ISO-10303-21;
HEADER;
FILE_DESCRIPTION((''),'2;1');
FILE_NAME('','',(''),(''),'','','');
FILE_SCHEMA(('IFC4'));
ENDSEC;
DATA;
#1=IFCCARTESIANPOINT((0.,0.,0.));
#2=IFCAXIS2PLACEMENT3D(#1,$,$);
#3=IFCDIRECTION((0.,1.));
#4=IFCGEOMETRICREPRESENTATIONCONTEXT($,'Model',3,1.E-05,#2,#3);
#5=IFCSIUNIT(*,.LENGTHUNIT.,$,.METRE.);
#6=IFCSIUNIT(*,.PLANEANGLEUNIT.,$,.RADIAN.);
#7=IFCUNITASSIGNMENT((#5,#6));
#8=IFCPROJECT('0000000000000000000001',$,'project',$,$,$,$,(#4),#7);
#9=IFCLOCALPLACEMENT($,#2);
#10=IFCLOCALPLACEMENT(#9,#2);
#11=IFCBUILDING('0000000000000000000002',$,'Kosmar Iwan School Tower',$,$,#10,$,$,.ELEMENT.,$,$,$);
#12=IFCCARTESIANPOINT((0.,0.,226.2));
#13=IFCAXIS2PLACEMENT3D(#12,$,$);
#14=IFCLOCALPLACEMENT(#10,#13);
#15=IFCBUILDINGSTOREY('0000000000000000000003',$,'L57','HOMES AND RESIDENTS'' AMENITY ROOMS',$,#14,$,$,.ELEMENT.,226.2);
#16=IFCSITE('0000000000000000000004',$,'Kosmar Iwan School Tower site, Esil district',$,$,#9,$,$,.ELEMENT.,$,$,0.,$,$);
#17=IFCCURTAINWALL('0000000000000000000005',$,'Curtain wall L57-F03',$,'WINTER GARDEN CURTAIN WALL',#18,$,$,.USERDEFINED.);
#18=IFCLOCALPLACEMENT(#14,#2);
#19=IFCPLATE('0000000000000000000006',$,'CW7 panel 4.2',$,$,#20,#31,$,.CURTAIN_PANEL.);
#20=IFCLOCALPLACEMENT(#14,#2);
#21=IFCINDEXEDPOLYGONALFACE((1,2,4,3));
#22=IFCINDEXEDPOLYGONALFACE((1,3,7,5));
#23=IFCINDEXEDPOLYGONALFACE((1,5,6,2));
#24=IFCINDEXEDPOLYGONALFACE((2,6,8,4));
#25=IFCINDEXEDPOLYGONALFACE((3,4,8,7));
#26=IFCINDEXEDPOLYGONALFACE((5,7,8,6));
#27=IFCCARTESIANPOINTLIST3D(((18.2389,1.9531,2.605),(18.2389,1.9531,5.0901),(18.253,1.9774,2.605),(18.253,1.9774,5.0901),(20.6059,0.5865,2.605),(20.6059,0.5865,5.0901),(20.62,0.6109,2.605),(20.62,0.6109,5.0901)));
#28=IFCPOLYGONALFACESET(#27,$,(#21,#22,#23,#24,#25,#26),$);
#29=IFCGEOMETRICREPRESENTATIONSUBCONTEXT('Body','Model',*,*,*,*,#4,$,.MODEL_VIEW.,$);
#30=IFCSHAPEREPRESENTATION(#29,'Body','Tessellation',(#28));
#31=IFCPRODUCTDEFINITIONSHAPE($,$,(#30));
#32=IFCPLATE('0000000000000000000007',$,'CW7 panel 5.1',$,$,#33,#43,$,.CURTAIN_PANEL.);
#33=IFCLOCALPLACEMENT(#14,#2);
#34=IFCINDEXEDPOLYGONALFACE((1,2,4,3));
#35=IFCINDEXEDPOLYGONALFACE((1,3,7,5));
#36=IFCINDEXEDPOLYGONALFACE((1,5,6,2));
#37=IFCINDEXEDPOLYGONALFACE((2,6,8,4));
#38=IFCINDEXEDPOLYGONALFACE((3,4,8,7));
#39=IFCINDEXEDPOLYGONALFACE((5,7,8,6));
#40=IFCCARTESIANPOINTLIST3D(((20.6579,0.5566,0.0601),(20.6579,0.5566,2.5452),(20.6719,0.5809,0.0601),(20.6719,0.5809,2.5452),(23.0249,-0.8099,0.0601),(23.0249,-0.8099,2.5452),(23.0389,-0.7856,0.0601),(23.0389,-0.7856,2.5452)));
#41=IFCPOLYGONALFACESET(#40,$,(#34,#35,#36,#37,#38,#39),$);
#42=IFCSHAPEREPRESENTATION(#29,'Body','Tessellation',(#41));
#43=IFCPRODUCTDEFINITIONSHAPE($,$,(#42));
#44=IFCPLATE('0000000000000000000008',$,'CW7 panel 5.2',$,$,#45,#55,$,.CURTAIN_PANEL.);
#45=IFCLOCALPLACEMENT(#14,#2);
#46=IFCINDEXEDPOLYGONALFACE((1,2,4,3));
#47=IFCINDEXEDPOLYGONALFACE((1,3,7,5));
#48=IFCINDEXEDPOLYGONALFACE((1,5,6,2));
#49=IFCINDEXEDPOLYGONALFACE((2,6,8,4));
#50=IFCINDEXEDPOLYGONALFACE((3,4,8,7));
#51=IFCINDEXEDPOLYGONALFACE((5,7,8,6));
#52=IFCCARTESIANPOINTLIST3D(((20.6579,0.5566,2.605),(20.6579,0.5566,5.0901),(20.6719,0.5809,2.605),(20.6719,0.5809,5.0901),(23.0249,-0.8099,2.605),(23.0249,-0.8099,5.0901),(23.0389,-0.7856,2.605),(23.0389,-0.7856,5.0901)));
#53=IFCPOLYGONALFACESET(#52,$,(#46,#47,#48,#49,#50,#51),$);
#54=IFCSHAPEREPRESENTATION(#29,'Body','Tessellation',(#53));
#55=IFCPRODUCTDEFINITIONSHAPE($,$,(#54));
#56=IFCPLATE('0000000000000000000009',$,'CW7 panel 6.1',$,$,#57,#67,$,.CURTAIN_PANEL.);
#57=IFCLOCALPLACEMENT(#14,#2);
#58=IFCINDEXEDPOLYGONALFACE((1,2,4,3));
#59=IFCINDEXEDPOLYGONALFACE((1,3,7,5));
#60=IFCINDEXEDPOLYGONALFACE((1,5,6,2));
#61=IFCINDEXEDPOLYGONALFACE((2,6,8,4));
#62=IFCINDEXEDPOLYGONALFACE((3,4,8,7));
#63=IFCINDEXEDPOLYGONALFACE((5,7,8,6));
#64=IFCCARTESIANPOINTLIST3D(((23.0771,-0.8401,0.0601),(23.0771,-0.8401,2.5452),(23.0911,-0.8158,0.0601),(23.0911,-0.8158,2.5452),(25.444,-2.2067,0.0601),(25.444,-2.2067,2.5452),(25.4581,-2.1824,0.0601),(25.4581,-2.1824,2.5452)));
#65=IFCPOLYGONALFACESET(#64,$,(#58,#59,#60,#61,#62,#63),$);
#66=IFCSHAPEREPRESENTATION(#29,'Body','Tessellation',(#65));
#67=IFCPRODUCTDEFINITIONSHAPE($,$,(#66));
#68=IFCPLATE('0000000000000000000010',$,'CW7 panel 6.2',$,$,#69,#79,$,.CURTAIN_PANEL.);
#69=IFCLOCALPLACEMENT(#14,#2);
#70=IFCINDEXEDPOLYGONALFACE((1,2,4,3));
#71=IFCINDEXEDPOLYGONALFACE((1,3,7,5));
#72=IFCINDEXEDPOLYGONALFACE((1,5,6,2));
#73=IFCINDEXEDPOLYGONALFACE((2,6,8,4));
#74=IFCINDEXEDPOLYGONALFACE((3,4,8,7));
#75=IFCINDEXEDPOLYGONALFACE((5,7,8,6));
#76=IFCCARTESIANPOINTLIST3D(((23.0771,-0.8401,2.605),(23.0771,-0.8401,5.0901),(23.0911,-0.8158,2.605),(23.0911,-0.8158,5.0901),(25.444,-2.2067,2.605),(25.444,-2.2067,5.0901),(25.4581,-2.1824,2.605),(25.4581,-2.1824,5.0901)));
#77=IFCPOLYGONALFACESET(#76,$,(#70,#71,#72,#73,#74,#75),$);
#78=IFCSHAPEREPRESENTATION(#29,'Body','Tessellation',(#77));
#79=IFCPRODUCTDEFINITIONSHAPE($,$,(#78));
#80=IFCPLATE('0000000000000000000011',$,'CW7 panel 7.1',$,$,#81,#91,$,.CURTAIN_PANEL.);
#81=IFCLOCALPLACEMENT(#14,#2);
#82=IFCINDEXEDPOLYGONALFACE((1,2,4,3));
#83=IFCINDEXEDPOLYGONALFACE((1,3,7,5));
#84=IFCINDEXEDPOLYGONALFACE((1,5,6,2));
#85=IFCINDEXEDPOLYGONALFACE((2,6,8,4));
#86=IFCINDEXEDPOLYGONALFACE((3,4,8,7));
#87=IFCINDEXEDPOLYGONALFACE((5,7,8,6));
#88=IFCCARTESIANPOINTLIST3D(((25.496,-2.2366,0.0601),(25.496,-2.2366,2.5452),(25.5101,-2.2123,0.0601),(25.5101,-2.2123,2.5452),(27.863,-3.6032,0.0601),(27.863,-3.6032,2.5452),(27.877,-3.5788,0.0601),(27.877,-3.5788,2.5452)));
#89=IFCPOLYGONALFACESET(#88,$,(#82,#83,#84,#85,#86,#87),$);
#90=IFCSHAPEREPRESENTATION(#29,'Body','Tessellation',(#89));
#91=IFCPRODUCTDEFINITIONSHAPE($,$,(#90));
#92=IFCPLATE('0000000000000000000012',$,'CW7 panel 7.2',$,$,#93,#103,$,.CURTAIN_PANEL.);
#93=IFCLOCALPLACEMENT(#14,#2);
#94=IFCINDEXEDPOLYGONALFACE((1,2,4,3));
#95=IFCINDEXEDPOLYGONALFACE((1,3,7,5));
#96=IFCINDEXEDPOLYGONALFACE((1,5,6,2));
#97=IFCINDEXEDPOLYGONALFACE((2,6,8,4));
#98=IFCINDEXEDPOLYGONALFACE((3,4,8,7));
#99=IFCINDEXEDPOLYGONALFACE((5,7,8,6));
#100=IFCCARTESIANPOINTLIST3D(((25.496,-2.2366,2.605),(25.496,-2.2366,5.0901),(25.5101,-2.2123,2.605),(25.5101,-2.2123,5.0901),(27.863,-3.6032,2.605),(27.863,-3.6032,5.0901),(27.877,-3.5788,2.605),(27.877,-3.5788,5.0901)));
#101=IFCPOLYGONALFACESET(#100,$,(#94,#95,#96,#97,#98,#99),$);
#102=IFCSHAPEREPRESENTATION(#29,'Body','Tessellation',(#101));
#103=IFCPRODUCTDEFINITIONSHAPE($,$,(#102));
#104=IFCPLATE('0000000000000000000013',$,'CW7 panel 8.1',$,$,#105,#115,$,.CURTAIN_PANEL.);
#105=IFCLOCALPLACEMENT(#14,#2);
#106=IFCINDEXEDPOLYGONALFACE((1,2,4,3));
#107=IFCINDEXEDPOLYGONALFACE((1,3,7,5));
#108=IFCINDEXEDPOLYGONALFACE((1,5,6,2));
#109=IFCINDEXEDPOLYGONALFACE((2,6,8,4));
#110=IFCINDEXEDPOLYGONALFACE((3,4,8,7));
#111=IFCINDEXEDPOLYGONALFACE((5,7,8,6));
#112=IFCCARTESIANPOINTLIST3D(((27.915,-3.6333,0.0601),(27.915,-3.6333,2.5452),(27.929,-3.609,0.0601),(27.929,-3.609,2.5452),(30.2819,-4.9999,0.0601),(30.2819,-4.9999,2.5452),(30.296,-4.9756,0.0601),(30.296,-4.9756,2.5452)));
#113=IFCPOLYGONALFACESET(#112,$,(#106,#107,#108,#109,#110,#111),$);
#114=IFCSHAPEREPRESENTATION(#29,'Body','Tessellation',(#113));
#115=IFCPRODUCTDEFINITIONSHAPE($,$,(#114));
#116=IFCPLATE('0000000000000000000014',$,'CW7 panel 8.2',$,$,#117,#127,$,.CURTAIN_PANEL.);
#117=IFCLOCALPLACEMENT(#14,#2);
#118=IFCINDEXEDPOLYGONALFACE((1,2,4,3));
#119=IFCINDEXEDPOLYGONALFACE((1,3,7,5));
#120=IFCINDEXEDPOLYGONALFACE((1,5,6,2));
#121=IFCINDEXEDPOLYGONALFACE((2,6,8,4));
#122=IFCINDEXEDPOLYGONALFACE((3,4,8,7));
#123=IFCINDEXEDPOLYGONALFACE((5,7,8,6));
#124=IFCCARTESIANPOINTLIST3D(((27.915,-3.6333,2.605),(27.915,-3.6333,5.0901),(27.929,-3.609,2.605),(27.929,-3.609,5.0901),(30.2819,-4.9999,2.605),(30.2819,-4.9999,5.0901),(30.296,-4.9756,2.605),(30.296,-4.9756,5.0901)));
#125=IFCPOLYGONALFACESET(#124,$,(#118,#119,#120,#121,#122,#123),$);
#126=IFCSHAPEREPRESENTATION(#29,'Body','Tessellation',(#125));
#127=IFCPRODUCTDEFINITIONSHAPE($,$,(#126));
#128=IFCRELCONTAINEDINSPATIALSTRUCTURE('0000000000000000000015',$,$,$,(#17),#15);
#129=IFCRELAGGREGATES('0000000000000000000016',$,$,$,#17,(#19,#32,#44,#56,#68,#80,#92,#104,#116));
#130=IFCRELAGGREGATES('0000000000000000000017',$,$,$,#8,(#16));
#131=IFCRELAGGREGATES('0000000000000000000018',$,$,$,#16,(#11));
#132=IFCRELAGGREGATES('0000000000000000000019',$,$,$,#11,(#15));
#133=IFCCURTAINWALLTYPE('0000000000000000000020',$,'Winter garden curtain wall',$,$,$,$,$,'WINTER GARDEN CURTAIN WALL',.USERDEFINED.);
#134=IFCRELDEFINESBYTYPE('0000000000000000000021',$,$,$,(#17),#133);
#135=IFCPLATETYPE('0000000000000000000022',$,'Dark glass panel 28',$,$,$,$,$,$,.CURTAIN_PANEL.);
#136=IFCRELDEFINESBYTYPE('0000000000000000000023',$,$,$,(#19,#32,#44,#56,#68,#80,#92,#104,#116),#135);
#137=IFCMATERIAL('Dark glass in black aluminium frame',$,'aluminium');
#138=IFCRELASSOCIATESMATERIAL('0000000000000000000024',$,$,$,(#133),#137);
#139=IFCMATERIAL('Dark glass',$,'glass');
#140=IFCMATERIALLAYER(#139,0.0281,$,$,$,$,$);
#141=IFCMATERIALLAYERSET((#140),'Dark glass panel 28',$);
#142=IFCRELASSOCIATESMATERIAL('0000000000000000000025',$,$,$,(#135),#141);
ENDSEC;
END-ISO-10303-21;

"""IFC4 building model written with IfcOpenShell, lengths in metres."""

from ifc_helpers import new_model, si_unit, direction, frame, origin, origin_2d, place, context, subcontext, project, spatial, rectangle, extrude, material, layer, layer_set, type_object, element, aggregate, save


model = new_model("IFC4")

# Units and contexts
model_context = context("Model", 3, precision=1e-05, world=origin(), true_north=direction((0.0, 1.0)))
body_context = subcontext(model_context, "Body", "Model", "MODEL_VIEW")
ifc_project = project(units=[si_unit("LENGTHUNIT", "METRE"), si_unit("PLANEANGLEUNIT", "RADIAN")], contexts=[model_context])

# Site, building, storey
site_placement = place(None, origin())
site = spatial("IfcSite", under=ifc_project, at=site_placement, Name="Kosmar Iwan School Tower site, Esil district", CompositionType="ELEMENT", RefElevation=0.0)
building_placement = place(site_placement, origin())
building = spatial("IfcBuilding", under=site, at=building_placement, Name="Kosmar Iwan School Tower", CompositionType="ELEMENT")
storey_placement = place(building_placement, frame((0.0, 0.0, 226.2)))
storey = spatial("IfcBuildingStorey", under=building, at=storey_placement, Name="L57", Description="HOMES AND RESIDENTS' AMENITY ROOMS", CompositionType="ELEMENT", Elevation=226.2)

# Curtain wall
ifc_material_1 = material(Name="Dark glass in black aluminium frame", Category="aluminium")
curtain_wall_type = type_object("IfcCurtainWallType", Name="Winter garden curtain wall", ElementType="WINTER GARDEN CURTAIN WALL", PredefinedType="USERDEFINED", material=ifc_material_1)
curtain_wall_placement = place(storey_placement, origin())
curtain_wall = element("IfcCurtainWall", 1, at=curtain_wall_placement, inside=storey, type_object=curtain_wall_type, Name="Curtain wall L57-F03", ObjectType="WINTER GARDEN CURTAIN WALL", PredefinedType="USERDEFINED")

# Plates
ifc_material_2 = material(Name="Dark glass", Category="glass")
ifc_layer = layer(ifc_material_2, 0.0281)
ifc_layer_set = layer_set([ifc_layer], Name="Dark glass panel 28")
plate_type = type_object("IfcPlateType", Name="Dark glass panel 28", PredefinedType="CURTAIN_PANEL", material=ifc_layer_set)
plate_1_placement = place(storey_placement, frame((19.4294, 1.282, 2.605), z_axis=(0.0, 0.0, 1.0), x_axis=(0.866025, -0.5, 0.0)))
plate_1 = element("IfcPlate", 2, at=plate_1_placement, type_object=plate_type, Name="CW7 panel 4.2", PredefinedType="CURTAIN_PANEL", context=body_context, shape_type="SweptSolid", body=[
    extrude(rectangle(XDim=2.7332, YDim=0.0281, at=origin_2d()), origin(), (0.0, 0.0, 1.0), 2.4851),
])
plate_2_placement = place(storey_placement, frame((21.8484, -0.1145, 0.0601), z_axis=(0.0, 0.0, 1.0), x_axis=(0.866025, -0.5, 0.0)))
plate_2 = element("IfcPlate", 3, at=plate_2_placement, type_object=plate_type, Name="CW7 panel 5.1", PredefinedType="CURTAIN_PANEL", context=body_context, shape_type="SweptSolid", body=[
    extrude(rectangle(XDim=2.7332, YDim=0.0281, at=origin_2d()), origin(), (0.0, 0.0, 1.0), 2.4851),
])
plate_3_placement = place(storey_placement, frame((21.8484, -0.1145, 2.605), z_axis=(0.0, 0.0, 1.0), x_axis=(0.866025, -0.5, 0.0)))
plate_3 = element("IfcPlate", 4, at=plate_3_placement, type_object=plate_type, Name="CW7 panel 5.2", PredefinedType="CURTAIN_PANEL", context=body_context, shape_type="SweptSolid", body=[
    extrude(rectangle(XDim=2.7332, YDim=0.0281, at=origin_2d()), origin(), (0.0, 0.0, 1.0), 2.4851),
])
plate_4_placement = place(storey_placement, frame((24.2676, -1.5112, 0.0601), z_axis=(0.0, 0.0, 1.0), x_axis=(0.866025, -0.5, 0.0)))
plate_4 = element("IfcPlate", 5, at=plate_4_placement, type_object=plate_type, Name="CW7 panel 6.1", PredefinedType="CURTAIN_PANEL", context=body_context, shape_type="SweptSolid", body=[
    extrude(rectangle(XDim=2.7332, YDim=0.0281, at=origin_2d()), origin(), (0.0, 0.0, 1.0), 2.4851),
])
plate_5_placement = place(storey_placement, frame((24.2676, -1.5112, 2.605), z_axis=(0.0, 0.0, 1.0), x_axis=(0.866025, -0.5, 0.0)))
plate_5 = element("IfcPlate", 6, at=plate_5_placement, type_object=plate_type, Name="CW7 panel 6.2", PredefinedType="CURTAIN_PANEL", context=body_context, shape_type="SweptSolid", body=[
    extrude(rectangle(XDim=2.7332, YDim=0.0281, at=origin_2d()), origin(), (0.0, 0.0, 1.0), 2.4851),
])
plate_6_placement = place(storey_placement, frame((26.6865, -2.9077, 0.0601), z_axis=(0.0, 0.0, 1.0), x_axis=(0.866025, -0.5, 0.0)))
plate_6 = element("IfcPlate", 7, at=plate_6_placement, type_object=plate_type, Name="CW7 panel 7.1", PredefinedType="CURTAIN_PANEL", context=body_context, shape_type="SweptSolid", body=[
    extrude(rectangle(XDim=2.7332, YDim=0.0281, at=origin_2d()), origin(), (0.0, 0.0, 1.0), 2.4851),
])
plate_7_placement = place(storey_placement, frame((26.6865, -2.9077, 2.605), z_axis=(0.0, 0.0, 1.0), x_axis=(0.866025, -0.5, 0.0)))
plate_7 = element("IfcPlate", 8, at=plate_7_placement, type_object=plate_type, Name="CW7 panel 7.2", PredefinedType="CURTAIN_PANEL", context=body_context, shape_type="SweptSolid", body=[
    extrude(rectangle(XDim=2.7332, YDim=0.0281, at=origin_2d()), origin(), (0.0, 0.0, 1.0), 2.4851),
])
plate_8_placement = place(storey_placement, frame((29.1055, -4.3044, 0.0601), z_axis=(0.0, 0.0, 1.0), x_axis=(0.866025, -0.5, 0.0)))
plate_8 = element("IfcPlate", 9, at=plate_8_placement, type_object=plate_type, Name="CW7 panel 8.1", PredefinedType="CURTAIN_PANEL", context=body_context, shape_type="SweptSolid", body=[
    extrude(rectangle(XDim=2.7332, YDim=0.0281, at=origin_2d()), origin(), (0.0, 0.0, 1.0), 2.4851),
])
plate_9_placement = place(storey_placement, frame((29.1055, -4.3044, 2.605), z_axis=(0.0, 0.0, 1.0), x_axis=(0.866025, -0.5, 0.0)))
plate_9 = element("IfcPlate", 10, at=plate_9_placement, type_object=plate_type, Name="CW7 panel 8.2", PredefinedType="CURTAIN_PANEL", context=body_context, shape_type="SweptSolid", body=[
    extrude(rectangle(XDim=2.7332, YDim=0.0281, at=origin_2d()), origin(), (0.0, 0.0, 1.0), 2.4851),
])
aggregate(curtain_wall, [plate_1, plate_2, plate_3, plate_4, plate_5, plate_6, plate_7, plate_8, plate_9])

save(model, "model.ifc")
